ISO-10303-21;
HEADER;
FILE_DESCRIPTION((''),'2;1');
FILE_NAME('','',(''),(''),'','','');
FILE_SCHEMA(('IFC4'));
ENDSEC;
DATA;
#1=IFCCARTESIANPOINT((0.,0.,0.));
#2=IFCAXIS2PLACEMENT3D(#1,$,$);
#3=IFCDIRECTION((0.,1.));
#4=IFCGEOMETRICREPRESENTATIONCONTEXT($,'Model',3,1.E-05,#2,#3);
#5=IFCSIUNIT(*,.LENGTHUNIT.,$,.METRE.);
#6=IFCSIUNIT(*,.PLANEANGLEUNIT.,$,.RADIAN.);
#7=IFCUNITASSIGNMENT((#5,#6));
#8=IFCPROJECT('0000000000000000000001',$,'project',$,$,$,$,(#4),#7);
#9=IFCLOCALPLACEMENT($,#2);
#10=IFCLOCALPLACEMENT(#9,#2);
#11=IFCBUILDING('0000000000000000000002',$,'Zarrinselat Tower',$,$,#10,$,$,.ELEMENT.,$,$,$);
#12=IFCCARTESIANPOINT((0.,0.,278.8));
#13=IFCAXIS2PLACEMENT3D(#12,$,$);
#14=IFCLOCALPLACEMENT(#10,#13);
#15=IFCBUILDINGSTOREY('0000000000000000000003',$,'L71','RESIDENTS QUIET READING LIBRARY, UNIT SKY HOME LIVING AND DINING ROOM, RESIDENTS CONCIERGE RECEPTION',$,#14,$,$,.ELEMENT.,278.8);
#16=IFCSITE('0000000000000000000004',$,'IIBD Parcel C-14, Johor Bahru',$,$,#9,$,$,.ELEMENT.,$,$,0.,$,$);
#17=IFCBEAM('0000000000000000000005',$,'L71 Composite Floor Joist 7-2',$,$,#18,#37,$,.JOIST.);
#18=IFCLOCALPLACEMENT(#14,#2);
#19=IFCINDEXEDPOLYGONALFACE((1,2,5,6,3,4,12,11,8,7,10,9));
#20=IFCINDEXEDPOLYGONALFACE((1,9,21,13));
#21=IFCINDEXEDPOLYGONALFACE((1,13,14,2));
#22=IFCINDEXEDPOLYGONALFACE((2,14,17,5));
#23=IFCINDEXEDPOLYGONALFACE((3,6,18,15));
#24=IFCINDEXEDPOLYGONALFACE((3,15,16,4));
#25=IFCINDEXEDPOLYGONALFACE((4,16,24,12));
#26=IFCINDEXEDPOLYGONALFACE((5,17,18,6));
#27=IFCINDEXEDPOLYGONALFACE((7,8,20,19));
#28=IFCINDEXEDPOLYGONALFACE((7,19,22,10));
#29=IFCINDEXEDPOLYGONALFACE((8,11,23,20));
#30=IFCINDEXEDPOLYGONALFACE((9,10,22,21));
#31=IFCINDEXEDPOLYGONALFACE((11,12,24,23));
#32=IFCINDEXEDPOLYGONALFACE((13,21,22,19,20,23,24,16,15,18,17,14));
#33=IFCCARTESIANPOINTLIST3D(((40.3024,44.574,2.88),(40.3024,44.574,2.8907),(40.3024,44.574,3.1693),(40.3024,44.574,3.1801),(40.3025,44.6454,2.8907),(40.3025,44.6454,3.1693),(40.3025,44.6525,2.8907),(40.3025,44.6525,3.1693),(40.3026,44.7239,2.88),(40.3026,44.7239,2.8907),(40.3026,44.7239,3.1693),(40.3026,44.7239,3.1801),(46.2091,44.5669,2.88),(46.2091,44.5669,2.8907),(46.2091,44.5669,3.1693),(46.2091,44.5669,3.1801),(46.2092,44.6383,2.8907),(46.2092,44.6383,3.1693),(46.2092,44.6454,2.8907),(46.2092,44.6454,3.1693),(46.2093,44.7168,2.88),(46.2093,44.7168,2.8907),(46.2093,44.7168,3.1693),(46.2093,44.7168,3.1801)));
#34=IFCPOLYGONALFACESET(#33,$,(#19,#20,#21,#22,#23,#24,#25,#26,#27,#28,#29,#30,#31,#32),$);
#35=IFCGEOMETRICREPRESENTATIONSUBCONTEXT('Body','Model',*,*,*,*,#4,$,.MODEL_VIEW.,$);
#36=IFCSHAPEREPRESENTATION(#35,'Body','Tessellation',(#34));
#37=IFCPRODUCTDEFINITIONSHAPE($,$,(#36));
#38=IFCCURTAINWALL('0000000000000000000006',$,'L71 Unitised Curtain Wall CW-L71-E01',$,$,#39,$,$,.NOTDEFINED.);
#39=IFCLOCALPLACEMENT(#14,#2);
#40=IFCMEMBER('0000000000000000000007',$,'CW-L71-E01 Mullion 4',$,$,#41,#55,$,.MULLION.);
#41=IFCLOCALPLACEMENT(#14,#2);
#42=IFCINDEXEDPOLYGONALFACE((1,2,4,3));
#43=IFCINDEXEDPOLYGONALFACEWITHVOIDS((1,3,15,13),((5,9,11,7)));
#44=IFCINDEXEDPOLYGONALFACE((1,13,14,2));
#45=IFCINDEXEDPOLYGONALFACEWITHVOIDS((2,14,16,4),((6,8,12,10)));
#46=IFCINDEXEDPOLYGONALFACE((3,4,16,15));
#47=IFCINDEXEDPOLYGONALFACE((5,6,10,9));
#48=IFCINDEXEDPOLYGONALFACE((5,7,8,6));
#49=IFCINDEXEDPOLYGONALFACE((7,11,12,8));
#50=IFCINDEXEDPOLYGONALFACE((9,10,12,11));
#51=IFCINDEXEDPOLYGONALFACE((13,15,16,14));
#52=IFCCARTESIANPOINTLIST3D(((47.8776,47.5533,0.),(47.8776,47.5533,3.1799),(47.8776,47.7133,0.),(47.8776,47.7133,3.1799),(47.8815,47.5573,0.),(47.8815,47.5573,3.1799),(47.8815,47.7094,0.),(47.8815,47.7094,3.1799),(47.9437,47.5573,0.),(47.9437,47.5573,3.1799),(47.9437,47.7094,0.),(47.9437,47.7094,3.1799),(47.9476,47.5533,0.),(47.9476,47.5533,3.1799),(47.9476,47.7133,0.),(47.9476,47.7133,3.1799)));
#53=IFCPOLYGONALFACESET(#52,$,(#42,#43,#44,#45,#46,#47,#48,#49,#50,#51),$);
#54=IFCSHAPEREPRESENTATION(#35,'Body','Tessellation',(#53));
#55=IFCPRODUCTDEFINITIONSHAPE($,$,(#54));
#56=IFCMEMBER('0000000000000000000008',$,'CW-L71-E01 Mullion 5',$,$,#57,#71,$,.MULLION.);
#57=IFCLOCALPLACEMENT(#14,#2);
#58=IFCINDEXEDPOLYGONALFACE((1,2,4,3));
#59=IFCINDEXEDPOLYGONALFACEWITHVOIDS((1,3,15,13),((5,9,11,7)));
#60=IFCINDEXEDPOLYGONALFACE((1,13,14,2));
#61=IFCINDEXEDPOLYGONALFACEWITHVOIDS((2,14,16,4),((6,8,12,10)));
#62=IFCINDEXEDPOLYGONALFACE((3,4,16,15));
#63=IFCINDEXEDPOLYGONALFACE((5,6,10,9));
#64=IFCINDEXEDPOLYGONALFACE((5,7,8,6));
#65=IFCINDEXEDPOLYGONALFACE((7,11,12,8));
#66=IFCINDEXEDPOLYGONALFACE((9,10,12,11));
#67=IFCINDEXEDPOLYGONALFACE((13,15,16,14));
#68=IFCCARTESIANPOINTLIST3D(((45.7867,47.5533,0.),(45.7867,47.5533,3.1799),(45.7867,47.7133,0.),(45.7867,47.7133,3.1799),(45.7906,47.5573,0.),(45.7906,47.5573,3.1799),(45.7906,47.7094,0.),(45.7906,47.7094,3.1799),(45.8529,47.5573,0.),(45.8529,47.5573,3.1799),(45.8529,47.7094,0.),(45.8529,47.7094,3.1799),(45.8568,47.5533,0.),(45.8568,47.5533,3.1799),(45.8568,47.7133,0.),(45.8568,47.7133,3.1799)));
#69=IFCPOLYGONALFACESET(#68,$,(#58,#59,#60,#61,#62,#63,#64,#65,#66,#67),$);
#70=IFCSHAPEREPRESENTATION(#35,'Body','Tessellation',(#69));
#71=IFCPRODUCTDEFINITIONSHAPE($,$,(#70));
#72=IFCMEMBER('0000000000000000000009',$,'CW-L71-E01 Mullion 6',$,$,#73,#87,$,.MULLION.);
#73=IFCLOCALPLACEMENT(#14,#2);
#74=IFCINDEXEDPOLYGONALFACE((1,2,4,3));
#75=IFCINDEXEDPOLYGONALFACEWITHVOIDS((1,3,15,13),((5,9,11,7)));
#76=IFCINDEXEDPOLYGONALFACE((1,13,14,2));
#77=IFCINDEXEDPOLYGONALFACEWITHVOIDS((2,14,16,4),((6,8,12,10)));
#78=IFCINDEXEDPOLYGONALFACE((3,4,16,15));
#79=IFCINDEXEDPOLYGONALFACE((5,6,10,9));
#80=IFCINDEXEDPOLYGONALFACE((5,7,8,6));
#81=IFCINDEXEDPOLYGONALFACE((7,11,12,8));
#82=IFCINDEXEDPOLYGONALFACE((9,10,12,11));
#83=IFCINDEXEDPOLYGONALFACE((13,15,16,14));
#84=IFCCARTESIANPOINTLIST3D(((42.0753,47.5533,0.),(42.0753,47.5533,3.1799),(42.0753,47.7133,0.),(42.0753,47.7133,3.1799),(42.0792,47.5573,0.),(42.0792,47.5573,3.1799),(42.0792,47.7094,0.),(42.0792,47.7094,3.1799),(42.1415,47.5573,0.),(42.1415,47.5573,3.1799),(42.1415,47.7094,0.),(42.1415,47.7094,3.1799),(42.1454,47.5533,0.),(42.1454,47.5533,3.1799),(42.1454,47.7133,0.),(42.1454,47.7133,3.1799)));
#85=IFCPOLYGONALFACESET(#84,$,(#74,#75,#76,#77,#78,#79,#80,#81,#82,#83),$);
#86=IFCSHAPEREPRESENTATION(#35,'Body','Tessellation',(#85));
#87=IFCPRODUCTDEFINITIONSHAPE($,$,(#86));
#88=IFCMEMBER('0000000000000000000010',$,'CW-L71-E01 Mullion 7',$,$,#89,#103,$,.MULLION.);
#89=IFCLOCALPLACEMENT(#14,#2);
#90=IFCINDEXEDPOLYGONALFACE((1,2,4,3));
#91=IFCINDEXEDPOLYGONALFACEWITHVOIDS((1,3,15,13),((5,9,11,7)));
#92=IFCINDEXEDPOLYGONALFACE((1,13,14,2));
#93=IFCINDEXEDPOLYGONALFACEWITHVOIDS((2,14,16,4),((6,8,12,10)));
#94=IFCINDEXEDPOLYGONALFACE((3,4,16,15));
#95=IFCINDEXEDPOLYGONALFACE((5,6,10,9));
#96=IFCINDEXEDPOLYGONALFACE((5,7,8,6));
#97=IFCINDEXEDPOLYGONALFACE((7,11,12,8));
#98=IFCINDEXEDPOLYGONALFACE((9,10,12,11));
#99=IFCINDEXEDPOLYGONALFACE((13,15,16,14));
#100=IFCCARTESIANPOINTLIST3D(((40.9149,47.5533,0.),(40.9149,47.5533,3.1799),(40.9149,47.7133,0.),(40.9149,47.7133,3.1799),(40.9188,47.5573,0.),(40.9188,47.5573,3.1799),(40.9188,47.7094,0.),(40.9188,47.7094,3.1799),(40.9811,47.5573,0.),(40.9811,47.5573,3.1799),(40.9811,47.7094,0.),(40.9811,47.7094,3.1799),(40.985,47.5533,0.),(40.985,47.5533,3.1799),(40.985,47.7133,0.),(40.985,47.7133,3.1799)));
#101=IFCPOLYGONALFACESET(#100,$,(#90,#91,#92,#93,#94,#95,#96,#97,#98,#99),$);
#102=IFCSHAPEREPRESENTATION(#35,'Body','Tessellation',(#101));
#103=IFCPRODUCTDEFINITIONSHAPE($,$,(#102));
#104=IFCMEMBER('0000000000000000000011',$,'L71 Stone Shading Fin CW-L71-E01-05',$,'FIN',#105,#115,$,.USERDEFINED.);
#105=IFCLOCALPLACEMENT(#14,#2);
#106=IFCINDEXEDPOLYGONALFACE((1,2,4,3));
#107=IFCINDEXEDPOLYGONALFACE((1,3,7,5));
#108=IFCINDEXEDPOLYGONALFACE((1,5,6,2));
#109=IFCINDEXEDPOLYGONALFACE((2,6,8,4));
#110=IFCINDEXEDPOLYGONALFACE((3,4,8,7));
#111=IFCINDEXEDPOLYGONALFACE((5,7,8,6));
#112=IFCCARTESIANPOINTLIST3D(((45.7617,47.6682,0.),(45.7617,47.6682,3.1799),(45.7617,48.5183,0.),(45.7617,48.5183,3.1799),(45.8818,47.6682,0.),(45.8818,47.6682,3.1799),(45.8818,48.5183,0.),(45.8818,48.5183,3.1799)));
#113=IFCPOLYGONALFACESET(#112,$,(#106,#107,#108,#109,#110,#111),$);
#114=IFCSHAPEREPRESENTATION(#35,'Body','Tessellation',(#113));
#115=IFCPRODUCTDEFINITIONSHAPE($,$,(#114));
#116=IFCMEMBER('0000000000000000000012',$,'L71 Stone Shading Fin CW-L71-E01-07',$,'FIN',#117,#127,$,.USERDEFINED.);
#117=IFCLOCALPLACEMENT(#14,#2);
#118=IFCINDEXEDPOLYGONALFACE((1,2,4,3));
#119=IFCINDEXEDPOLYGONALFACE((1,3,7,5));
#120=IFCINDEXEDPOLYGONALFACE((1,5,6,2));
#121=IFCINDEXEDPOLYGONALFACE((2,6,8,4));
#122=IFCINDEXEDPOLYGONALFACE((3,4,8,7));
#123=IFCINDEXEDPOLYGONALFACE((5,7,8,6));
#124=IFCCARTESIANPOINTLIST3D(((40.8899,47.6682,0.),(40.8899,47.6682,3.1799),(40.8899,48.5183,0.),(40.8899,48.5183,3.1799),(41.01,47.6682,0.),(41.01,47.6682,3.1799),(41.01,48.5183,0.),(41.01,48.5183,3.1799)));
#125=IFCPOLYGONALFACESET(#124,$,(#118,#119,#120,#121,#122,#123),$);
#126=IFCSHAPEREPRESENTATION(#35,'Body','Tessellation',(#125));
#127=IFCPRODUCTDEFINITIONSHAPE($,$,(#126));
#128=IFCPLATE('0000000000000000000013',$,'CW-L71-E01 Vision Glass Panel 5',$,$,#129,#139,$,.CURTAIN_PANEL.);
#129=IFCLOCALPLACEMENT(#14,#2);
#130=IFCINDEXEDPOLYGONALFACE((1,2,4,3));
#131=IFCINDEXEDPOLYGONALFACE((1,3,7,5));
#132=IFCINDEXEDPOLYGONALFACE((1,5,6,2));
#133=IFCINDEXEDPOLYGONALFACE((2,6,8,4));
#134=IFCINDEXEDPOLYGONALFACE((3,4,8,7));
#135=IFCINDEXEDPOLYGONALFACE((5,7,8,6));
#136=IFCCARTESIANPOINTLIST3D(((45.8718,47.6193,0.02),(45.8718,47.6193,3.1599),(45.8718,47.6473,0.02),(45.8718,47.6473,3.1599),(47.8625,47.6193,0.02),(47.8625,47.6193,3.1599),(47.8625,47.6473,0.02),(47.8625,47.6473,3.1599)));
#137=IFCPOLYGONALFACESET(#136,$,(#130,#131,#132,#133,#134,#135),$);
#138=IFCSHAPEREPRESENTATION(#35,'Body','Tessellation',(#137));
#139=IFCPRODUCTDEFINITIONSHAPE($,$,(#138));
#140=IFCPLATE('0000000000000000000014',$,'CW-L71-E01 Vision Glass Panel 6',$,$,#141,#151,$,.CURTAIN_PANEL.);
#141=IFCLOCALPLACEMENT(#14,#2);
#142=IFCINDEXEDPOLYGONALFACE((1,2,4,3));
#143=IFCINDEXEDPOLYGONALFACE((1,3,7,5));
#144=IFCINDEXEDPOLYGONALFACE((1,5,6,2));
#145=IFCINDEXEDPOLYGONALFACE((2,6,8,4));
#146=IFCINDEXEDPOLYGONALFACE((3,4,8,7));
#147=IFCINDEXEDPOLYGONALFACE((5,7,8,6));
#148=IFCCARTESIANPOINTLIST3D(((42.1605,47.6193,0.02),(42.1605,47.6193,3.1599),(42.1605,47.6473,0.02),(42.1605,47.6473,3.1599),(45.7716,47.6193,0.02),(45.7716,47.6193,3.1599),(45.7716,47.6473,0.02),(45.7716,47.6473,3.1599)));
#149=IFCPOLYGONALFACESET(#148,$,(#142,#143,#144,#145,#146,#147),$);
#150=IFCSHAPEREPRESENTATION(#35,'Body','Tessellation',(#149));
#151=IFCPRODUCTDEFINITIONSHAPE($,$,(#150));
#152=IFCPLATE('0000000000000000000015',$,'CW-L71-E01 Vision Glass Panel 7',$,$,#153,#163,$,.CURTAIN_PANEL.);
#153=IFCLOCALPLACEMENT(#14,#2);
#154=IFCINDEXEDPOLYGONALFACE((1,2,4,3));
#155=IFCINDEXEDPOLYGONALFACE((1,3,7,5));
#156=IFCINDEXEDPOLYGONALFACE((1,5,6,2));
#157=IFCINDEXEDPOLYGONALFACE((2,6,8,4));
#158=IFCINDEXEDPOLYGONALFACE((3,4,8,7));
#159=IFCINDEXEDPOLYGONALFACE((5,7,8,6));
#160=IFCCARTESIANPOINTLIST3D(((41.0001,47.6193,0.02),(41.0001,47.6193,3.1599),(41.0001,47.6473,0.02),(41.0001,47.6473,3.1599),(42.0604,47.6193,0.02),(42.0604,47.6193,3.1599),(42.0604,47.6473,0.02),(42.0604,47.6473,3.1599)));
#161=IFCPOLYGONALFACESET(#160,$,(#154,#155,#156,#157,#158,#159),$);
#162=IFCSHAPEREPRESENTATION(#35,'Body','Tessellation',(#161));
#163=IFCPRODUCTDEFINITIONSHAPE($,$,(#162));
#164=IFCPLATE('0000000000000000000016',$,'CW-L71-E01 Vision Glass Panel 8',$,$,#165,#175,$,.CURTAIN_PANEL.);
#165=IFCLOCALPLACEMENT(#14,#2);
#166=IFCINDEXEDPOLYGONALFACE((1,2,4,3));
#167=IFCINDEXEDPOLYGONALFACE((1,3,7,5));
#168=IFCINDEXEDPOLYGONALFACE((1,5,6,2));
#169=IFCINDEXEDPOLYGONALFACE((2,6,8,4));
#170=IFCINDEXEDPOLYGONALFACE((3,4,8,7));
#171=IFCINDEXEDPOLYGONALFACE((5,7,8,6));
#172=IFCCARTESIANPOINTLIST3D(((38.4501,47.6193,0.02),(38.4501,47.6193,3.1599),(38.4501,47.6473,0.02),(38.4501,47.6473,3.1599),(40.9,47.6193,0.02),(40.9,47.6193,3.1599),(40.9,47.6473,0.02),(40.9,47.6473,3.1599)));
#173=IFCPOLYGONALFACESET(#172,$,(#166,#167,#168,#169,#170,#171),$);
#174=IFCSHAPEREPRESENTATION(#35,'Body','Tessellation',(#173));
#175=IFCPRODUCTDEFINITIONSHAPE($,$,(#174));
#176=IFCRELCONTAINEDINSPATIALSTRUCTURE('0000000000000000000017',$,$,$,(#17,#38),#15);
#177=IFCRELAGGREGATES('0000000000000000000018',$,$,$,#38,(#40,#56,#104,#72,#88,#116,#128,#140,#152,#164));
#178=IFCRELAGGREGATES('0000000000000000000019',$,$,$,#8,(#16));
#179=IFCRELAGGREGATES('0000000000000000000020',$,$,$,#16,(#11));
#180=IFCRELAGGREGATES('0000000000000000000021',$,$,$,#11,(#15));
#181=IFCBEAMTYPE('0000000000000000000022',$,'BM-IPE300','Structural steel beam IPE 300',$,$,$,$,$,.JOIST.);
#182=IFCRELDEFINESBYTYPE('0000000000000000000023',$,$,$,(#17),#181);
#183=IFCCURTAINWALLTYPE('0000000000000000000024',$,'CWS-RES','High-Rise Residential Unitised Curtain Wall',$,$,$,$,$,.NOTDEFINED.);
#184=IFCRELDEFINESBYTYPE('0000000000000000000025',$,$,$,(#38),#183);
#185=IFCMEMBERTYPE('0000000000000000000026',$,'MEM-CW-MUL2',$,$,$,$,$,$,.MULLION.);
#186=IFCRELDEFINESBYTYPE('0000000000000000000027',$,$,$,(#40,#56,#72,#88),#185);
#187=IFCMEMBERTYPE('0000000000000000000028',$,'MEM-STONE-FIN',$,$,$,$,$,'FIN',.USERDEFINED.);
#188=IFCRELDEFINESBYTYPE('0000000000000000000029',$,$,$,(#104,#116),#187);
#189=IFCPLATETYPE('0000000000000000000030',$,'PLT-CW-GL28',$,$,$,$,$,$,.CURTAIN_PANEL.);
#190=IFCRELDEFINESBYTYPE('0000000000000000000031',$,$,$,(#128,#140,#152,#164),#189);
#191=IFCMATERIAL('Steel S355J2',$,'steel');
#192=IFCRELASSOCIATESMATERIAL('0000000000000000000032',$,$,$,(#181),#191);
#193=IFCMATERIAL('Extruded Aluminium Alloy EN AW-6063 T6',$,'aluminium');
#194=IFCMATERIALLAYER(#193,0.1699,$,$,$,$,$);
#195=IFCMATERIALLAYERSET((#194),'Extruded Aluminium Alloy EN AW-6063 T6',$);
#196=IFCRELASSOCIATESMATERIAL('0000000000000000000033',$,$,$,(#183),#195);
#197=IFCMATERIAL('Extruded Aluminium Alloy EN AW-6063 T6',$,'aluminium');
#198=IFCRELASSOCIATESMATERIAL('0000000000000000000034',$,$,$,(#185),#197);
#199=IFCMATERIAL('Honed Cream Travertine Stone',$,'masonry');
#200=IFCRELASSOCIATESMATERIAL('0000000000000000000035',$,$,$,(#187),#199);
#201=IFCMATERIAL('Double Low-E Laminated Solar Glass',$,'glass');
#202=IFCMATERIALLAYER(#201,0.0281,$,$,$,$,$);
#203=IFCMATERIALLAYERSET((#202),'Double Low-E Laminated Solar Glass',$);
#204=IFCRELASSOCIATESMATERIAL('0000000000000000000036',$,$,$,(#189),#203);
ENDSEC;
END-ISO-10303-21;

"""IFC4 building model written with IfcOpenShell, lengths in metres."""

from ifc_helpers import new_model, si_unit, direction, frame, origin, origin_2d, place, context, subcontext, project, spatial, rectangle, hollow_rectangle, i_section, extrude, material, layer, layer_set, material_profile, profile_set, type_object, element, aggregate, save


model = new_model("IFC4")

# Units and contexts
model_context = context("Model", 3, precision=1e-05, world=origin(), true_north=direction((0.0, 1.0)))
body_context = subcontext(model_context, "Body", "Model", "MODEL_VIEW")
ifc_project = project(units=[si_unit("LENGTHUNIT", "METRE"), si_unit("PLANEANGLEUNIT", "RADIAN")], contexts=[model_context])

# Site, building, storey
site_placement = place(None, origin())
site = spatial("IfcSite", under=ifc_project, at=site_placement, Name="IIBD Parcel C-14, Johor Bahru", CompositionType="ELEMENT", RefElevation=0.0)
building_placement = place(site_placement, origin())
building = spatial("IfcBuilding", under=site, at=building_placement, Name="Zarrinselat Tower", CompositionType="ELEMENT")
storey_placement = place(building_placement, frame((0.0, 0.0, 278.8)))
storey = spatial("IfcBuildingStorey", under=building, at=storey_placement, Name="L71", Description="RESIDENTS QUIET READING LIBRARY, UNIT SKY HOME LIVING AND DINING ROOM, RESIDENTS CONCIERGE RECEPTION", CompositionType="ELEMENT", Elevation=278.8)

# Beam
ifc_material_1 = material(Name="Steel S355J2", Category="steel")
ifc_material_profile_1 = material_profile(ifc_material_1, i_section(OverallWidth=0.1499, OverallDepth=0.3, WebThickness=0.0071, FlangeThickness=0.0107, at=origin_2d()), Name="IPE 300")
ifc_profile_set_1 = profile_set([ifc_material_profile_1], Name="Steel S355J2")
beam_type_1 = type_object("IfcBeamType", Name="BM-IPE300", Description="Structural steel beam IPE 300", PredefinedType="JOIST", material=ifc_profile_set_1)
beam_1_placement = place(storey_placement, frame((40.3025, 44.6489, 3.03), z_axis=(0.999999, -0.001199, 0.0), x_axis=(0.001199, 0.999999, 0.0)))
element("IfcBeam", 1, at=beam_1_placement, inside=storey, type_object=beam_type_1, Name="L71 Composite Floor Joist 7-2", PredefinedType="JOIST", context=body_context, shape_type="SweptSolid", body=[
    extrude(i_section(OverallWidth=0.1499, OverallDepth=0.3, WebThickness=0.0071, FlangeThickness=0.0107, at=origin_2d()), origin(), (0.0, 0.0, 1.0), 5.9067),
])

# Curtain wall, members, plates
ifc_material_2 = material(Name="Extruded Aluminium Alloy EN AW-6063 T6", Category="aluminium")
ifc_layer_1 = layer(ifc_material_2, 0.1699)
ifc_layer_set_1 = layer_set([ifc_layer_1], Name="Extruded Aluminium Alloy EN AW-6063 T6")
curtain_wall_type = type_object("IfcCurtainWallType", Name="CWS-RES", Description="High-Rise Residential Unitised Curtain Wall", PredefinedType="NOTDEFINED", material=ifc_layer_set_1)
curtain_wall_placement = place(storey_placement, origin())
curtain_wall = element("IfcCurtainWall", 2, at=curtain_wall_placement, inside=storey, type_object=curtain_wall_type, Name="L71 Unitised Curtain Wall CW-L71-E01", PredefinedType="NOTDEFINED")
ifc_material_3 = material(Name="Extruded Aluminium Alloy EN AW-6063 T6", Category="aluminium")
ifc_material_profile_2 = material_profile(ifc_material_3, hollow_rectangle(XDim=0.0701, YDim=0.1599, WallThickness=0.0039, at=origin_2d()), Name="RHS 160x70x4")
ifc_profile_set_2 = profile_set([ifc_material_profile_2], Name="Extruded Aluminium Alloy EN AW-6063 T6")
member_type_1 = type_object("IfcMemberType", Name="MEM-CW-MUL2", PredefinedType="MULLION", material=ifc_profile_set_2)
member_1_placement = place(storey_placement, frame((47.9126, 47.6333, 0.0), z_axis=(0.0, 0.0, 1.0), x_axis=(-1.0, 0.0, 0.0)))
member_1 = element("IfcMember", 3, at=member_1_placement, type_object=member_type_1, Name="CW-L71-E01 Mullion 4", PredefinedType="MULLION", context=body_context, shape_type="SweptSolid", body=[
    extrude(hollow_rectangle(XDim=0.0701, YDim=0.1599, WallThickness=0.0039, at=origin_2d()), origin(), (0.0, 0.0, 1.0), 3.1799),
])
member_2_placement = place(storey_placement, frame((45.8218, 47.6333, 0.0), z_axis=(0.0, 0.0, 1.0), x_axis=(-1.0, 0.0, 0.0)))
member_2 = element("IfcMember", 4, at=member_2_placement, type_object=member_type_1, Name="CW-L71-E01 Mullion 5", PredefinedType="MULLION", context=body_context, shape_type="SweptSolid", body=[
    extrude(hollow_rectangle(XDim=0.0701, YDim=0.1599, WallThickness=0.0039, at=origin_2d()), origin(), (0.0, 0.0, 1.0), 3.1799),
])
member_3_placement = place(storey_placement, frame((42.1104, 47.6333, 0.0), z_axis=(0.0, 0.0, 1.0), x_axis=(-1.0, 0.0, 0.0)))
member_3 = element("IfcMember", 5, at=member_3_placement, type_object=member_type_1, Name="CW-L71-E01 Mullion 6", PredefinedType="MULLION", context=body_context, shape_type="SweptSolid", body=[
    extrude(hollow_rectangle(XDim=0.0701, YDim=0.1599, WallThickness=0.0039, at=origin_2d()), origin(), (0.0, 0.0, 1.0), 3.1799),
])
member_4_placement = place(storey_placement, frame((40.95, 47.6333, 0.0), z_axis=(0.0, 0.0, 1.0), x_axis=(-1.0, 0.0, 0.0)))
member_4 = element("IfcMember", 6, at=member_4_placement, type_object=member_type_1, Name="CW-L71-E01 Mullion 7", PredefinedType="MULLION", context=body_context, shape_type="SweptSolid", body=[
    extrude(hollow_rectangle(XDim=0.0701, YDim=0.1599, WallThickness=0.0039, at=origin_2d()), origin(), (0.0, 0.0, 1.0), 3.1799),
])
ifc_material_4 = material(Name="Honed Cream Travertine Stone", Category="masonry")
ifc_material_profile_3 = material_profile(ifc_material_4, rectangle(XDim=0.1201, YDim=0.8501, at=origin_2d()), Name="FIN 850x120")
ifc_profile_set_3 = profile_set([ifc_material_profile_3], Name="Honed Cream Travertine Stone")
member_type_2 = type_object("IfcMemberType", Name="MEM-STONE-FIN", ElementType="FIN", PredefinedType="USERDEFINED", material=ifc_profile_set_3)
member_5_placement = place(storey_placement, frame((45.8218, 48.0933, 0.0), z_axis=(0.0, 0.0, 1.0), x_axis=(1.0, 0.0, 0.0)))
member_5 = element("IfcMember", 7, at=member_5_placement, type_object=member_type_2, Name="L71 Stone Shading Fin CW-L71-E01-05", ObjectType="FIN", PredefinedType="USERDEFINED", context=body_context, shape_type="SweptSolid", body=[
    extrude(rectangle(XDim=0.1201, YDim=0.8501, at=origin_2d()), origin(), (0.0, 0.0, 1.0), 3.1799),
])
member_6_placement = place(storey_placement, frame((40.95, 48.0933, 0.0), z_axis=(0.0, 0.0, 1.0), x_axis=(1.0, 0.0, 0.0)))
member_6 = element("IfcMember", 8, at=member_6_placement, type_object=member_type_2, Name="L71 Stone Shading Fin CW-L71-E01-07", ObjectType="FIN", PredefinedType="USERDEFINED", context=body_context, shape_type="SweptSolid", body=[
    extrude(rectangle(XDim=0.1201, YDim=0.8501, at=origin_2d()), origin(), (0.0, 0.0, 1.0), 3.1799),
])
ifc_material_5 = material(Name="Double Low-E Laminated Solar Glass", Category="glass")
ifc_layer_2 = layer(ifc_material_5, 0.0281)
ifc_layer_set_2 = layer_set([ifc_layer_2], Name="Double Low-E Laminated Solar Glass")
plate_type = type_object("IfcPlateType", Name="PLT-CW-GL28", PredefinedType="CURTAIN_PANEL", material=ifc_layer_set_2)
plate_1_placement = place(storey_placement, frame((46.8672, 47.6333, 0.02), z_axis=(0.0, 0.0, 1.0), x_axis=(-1.0, 0.0, 0.0)))
plate_1 = element("IfcPlate", 9, at=plate_1_placement, type_object=plate_type, Name="CW-L71-E01 Vision Glass Panel 5", PredefinedType="CURTAIN_PANEL", context=body_context, shape_type="SweptSolid", body=[
    extrude(rectangle(XDim=1.9907, YDim=0.0281, at=origin_2d()), origin(), (0.0, 0.0, 1.0), 3.1399),
])
plate_2_placement = place(storey_placement, frame((43.9661, 47.6333, 0.02), z_axis=(0.0, 0.0, 1.0), x_axis=(-1.0, 0.0, 0.0)))
plate_2 = element("IfcPlate", 10, at=plate_2_placement, type_object=plate_type, Name="CW-L71-E01 Vision Glass Panel 6", PredefinedType="CURTAIN_PANEL", context=body_context, shape_type="SweptSolid", body=[
    extrude(rectangle(XDim=3.6111, YDim=0.0281, at=origin_2d()), origin(), (0.0, 0.0, 1.0), 3.1399),
])
plate_3_placement = place(storey_placement, frame((41.5303, 47.6333, 0.02), z_axis=(0.0, 0.0, 1.0), x_axis=(-1.0, 0.0, 0.0)))
plate_3 = element("IfcPlate", 11, at=plate_3_placement, type_object=plate_type, Name="CW-L71-E01 Vision Glass Panel 7", PredefinedType="CURTAIN_PANEL", context=body_context, shape_type="SweptSolid", body=[
    extrude(rectangle(XDim=1.0603, YDim=0.0281, at=origin_2d()), origin(), (0.0, 0.0, 1.0), 3.1399),
])
plate_4_placement = place(storey_placement, frame((39.675, 47.6333, 0.02), z_axis=(0.0, 0.0, 1.0), x_axis=(-1.0, 0.0, 0.0)))
plate_4 = element("IfcPlate", 12, at=plate_4_placement, type_object=plate_type, Name="CW-L71-E01 Vision Glass Panel 8", PredefinedType="CURTAIN_PANEL", context=body_context, shape_type="SweptSolid", body=[
    extrude(rectangle(XDim=2.45, YDim=0.0281, at=origin_2d()), origin(), (0.0, 0.0, 1.0), 3.1399),
])
aggregate(curtain_wall, [member_1, member_2, member_5, member_3, member_4, member_6, plate_1, plate_2, plate_3, plate_4])

save(model, "model.ifc")
